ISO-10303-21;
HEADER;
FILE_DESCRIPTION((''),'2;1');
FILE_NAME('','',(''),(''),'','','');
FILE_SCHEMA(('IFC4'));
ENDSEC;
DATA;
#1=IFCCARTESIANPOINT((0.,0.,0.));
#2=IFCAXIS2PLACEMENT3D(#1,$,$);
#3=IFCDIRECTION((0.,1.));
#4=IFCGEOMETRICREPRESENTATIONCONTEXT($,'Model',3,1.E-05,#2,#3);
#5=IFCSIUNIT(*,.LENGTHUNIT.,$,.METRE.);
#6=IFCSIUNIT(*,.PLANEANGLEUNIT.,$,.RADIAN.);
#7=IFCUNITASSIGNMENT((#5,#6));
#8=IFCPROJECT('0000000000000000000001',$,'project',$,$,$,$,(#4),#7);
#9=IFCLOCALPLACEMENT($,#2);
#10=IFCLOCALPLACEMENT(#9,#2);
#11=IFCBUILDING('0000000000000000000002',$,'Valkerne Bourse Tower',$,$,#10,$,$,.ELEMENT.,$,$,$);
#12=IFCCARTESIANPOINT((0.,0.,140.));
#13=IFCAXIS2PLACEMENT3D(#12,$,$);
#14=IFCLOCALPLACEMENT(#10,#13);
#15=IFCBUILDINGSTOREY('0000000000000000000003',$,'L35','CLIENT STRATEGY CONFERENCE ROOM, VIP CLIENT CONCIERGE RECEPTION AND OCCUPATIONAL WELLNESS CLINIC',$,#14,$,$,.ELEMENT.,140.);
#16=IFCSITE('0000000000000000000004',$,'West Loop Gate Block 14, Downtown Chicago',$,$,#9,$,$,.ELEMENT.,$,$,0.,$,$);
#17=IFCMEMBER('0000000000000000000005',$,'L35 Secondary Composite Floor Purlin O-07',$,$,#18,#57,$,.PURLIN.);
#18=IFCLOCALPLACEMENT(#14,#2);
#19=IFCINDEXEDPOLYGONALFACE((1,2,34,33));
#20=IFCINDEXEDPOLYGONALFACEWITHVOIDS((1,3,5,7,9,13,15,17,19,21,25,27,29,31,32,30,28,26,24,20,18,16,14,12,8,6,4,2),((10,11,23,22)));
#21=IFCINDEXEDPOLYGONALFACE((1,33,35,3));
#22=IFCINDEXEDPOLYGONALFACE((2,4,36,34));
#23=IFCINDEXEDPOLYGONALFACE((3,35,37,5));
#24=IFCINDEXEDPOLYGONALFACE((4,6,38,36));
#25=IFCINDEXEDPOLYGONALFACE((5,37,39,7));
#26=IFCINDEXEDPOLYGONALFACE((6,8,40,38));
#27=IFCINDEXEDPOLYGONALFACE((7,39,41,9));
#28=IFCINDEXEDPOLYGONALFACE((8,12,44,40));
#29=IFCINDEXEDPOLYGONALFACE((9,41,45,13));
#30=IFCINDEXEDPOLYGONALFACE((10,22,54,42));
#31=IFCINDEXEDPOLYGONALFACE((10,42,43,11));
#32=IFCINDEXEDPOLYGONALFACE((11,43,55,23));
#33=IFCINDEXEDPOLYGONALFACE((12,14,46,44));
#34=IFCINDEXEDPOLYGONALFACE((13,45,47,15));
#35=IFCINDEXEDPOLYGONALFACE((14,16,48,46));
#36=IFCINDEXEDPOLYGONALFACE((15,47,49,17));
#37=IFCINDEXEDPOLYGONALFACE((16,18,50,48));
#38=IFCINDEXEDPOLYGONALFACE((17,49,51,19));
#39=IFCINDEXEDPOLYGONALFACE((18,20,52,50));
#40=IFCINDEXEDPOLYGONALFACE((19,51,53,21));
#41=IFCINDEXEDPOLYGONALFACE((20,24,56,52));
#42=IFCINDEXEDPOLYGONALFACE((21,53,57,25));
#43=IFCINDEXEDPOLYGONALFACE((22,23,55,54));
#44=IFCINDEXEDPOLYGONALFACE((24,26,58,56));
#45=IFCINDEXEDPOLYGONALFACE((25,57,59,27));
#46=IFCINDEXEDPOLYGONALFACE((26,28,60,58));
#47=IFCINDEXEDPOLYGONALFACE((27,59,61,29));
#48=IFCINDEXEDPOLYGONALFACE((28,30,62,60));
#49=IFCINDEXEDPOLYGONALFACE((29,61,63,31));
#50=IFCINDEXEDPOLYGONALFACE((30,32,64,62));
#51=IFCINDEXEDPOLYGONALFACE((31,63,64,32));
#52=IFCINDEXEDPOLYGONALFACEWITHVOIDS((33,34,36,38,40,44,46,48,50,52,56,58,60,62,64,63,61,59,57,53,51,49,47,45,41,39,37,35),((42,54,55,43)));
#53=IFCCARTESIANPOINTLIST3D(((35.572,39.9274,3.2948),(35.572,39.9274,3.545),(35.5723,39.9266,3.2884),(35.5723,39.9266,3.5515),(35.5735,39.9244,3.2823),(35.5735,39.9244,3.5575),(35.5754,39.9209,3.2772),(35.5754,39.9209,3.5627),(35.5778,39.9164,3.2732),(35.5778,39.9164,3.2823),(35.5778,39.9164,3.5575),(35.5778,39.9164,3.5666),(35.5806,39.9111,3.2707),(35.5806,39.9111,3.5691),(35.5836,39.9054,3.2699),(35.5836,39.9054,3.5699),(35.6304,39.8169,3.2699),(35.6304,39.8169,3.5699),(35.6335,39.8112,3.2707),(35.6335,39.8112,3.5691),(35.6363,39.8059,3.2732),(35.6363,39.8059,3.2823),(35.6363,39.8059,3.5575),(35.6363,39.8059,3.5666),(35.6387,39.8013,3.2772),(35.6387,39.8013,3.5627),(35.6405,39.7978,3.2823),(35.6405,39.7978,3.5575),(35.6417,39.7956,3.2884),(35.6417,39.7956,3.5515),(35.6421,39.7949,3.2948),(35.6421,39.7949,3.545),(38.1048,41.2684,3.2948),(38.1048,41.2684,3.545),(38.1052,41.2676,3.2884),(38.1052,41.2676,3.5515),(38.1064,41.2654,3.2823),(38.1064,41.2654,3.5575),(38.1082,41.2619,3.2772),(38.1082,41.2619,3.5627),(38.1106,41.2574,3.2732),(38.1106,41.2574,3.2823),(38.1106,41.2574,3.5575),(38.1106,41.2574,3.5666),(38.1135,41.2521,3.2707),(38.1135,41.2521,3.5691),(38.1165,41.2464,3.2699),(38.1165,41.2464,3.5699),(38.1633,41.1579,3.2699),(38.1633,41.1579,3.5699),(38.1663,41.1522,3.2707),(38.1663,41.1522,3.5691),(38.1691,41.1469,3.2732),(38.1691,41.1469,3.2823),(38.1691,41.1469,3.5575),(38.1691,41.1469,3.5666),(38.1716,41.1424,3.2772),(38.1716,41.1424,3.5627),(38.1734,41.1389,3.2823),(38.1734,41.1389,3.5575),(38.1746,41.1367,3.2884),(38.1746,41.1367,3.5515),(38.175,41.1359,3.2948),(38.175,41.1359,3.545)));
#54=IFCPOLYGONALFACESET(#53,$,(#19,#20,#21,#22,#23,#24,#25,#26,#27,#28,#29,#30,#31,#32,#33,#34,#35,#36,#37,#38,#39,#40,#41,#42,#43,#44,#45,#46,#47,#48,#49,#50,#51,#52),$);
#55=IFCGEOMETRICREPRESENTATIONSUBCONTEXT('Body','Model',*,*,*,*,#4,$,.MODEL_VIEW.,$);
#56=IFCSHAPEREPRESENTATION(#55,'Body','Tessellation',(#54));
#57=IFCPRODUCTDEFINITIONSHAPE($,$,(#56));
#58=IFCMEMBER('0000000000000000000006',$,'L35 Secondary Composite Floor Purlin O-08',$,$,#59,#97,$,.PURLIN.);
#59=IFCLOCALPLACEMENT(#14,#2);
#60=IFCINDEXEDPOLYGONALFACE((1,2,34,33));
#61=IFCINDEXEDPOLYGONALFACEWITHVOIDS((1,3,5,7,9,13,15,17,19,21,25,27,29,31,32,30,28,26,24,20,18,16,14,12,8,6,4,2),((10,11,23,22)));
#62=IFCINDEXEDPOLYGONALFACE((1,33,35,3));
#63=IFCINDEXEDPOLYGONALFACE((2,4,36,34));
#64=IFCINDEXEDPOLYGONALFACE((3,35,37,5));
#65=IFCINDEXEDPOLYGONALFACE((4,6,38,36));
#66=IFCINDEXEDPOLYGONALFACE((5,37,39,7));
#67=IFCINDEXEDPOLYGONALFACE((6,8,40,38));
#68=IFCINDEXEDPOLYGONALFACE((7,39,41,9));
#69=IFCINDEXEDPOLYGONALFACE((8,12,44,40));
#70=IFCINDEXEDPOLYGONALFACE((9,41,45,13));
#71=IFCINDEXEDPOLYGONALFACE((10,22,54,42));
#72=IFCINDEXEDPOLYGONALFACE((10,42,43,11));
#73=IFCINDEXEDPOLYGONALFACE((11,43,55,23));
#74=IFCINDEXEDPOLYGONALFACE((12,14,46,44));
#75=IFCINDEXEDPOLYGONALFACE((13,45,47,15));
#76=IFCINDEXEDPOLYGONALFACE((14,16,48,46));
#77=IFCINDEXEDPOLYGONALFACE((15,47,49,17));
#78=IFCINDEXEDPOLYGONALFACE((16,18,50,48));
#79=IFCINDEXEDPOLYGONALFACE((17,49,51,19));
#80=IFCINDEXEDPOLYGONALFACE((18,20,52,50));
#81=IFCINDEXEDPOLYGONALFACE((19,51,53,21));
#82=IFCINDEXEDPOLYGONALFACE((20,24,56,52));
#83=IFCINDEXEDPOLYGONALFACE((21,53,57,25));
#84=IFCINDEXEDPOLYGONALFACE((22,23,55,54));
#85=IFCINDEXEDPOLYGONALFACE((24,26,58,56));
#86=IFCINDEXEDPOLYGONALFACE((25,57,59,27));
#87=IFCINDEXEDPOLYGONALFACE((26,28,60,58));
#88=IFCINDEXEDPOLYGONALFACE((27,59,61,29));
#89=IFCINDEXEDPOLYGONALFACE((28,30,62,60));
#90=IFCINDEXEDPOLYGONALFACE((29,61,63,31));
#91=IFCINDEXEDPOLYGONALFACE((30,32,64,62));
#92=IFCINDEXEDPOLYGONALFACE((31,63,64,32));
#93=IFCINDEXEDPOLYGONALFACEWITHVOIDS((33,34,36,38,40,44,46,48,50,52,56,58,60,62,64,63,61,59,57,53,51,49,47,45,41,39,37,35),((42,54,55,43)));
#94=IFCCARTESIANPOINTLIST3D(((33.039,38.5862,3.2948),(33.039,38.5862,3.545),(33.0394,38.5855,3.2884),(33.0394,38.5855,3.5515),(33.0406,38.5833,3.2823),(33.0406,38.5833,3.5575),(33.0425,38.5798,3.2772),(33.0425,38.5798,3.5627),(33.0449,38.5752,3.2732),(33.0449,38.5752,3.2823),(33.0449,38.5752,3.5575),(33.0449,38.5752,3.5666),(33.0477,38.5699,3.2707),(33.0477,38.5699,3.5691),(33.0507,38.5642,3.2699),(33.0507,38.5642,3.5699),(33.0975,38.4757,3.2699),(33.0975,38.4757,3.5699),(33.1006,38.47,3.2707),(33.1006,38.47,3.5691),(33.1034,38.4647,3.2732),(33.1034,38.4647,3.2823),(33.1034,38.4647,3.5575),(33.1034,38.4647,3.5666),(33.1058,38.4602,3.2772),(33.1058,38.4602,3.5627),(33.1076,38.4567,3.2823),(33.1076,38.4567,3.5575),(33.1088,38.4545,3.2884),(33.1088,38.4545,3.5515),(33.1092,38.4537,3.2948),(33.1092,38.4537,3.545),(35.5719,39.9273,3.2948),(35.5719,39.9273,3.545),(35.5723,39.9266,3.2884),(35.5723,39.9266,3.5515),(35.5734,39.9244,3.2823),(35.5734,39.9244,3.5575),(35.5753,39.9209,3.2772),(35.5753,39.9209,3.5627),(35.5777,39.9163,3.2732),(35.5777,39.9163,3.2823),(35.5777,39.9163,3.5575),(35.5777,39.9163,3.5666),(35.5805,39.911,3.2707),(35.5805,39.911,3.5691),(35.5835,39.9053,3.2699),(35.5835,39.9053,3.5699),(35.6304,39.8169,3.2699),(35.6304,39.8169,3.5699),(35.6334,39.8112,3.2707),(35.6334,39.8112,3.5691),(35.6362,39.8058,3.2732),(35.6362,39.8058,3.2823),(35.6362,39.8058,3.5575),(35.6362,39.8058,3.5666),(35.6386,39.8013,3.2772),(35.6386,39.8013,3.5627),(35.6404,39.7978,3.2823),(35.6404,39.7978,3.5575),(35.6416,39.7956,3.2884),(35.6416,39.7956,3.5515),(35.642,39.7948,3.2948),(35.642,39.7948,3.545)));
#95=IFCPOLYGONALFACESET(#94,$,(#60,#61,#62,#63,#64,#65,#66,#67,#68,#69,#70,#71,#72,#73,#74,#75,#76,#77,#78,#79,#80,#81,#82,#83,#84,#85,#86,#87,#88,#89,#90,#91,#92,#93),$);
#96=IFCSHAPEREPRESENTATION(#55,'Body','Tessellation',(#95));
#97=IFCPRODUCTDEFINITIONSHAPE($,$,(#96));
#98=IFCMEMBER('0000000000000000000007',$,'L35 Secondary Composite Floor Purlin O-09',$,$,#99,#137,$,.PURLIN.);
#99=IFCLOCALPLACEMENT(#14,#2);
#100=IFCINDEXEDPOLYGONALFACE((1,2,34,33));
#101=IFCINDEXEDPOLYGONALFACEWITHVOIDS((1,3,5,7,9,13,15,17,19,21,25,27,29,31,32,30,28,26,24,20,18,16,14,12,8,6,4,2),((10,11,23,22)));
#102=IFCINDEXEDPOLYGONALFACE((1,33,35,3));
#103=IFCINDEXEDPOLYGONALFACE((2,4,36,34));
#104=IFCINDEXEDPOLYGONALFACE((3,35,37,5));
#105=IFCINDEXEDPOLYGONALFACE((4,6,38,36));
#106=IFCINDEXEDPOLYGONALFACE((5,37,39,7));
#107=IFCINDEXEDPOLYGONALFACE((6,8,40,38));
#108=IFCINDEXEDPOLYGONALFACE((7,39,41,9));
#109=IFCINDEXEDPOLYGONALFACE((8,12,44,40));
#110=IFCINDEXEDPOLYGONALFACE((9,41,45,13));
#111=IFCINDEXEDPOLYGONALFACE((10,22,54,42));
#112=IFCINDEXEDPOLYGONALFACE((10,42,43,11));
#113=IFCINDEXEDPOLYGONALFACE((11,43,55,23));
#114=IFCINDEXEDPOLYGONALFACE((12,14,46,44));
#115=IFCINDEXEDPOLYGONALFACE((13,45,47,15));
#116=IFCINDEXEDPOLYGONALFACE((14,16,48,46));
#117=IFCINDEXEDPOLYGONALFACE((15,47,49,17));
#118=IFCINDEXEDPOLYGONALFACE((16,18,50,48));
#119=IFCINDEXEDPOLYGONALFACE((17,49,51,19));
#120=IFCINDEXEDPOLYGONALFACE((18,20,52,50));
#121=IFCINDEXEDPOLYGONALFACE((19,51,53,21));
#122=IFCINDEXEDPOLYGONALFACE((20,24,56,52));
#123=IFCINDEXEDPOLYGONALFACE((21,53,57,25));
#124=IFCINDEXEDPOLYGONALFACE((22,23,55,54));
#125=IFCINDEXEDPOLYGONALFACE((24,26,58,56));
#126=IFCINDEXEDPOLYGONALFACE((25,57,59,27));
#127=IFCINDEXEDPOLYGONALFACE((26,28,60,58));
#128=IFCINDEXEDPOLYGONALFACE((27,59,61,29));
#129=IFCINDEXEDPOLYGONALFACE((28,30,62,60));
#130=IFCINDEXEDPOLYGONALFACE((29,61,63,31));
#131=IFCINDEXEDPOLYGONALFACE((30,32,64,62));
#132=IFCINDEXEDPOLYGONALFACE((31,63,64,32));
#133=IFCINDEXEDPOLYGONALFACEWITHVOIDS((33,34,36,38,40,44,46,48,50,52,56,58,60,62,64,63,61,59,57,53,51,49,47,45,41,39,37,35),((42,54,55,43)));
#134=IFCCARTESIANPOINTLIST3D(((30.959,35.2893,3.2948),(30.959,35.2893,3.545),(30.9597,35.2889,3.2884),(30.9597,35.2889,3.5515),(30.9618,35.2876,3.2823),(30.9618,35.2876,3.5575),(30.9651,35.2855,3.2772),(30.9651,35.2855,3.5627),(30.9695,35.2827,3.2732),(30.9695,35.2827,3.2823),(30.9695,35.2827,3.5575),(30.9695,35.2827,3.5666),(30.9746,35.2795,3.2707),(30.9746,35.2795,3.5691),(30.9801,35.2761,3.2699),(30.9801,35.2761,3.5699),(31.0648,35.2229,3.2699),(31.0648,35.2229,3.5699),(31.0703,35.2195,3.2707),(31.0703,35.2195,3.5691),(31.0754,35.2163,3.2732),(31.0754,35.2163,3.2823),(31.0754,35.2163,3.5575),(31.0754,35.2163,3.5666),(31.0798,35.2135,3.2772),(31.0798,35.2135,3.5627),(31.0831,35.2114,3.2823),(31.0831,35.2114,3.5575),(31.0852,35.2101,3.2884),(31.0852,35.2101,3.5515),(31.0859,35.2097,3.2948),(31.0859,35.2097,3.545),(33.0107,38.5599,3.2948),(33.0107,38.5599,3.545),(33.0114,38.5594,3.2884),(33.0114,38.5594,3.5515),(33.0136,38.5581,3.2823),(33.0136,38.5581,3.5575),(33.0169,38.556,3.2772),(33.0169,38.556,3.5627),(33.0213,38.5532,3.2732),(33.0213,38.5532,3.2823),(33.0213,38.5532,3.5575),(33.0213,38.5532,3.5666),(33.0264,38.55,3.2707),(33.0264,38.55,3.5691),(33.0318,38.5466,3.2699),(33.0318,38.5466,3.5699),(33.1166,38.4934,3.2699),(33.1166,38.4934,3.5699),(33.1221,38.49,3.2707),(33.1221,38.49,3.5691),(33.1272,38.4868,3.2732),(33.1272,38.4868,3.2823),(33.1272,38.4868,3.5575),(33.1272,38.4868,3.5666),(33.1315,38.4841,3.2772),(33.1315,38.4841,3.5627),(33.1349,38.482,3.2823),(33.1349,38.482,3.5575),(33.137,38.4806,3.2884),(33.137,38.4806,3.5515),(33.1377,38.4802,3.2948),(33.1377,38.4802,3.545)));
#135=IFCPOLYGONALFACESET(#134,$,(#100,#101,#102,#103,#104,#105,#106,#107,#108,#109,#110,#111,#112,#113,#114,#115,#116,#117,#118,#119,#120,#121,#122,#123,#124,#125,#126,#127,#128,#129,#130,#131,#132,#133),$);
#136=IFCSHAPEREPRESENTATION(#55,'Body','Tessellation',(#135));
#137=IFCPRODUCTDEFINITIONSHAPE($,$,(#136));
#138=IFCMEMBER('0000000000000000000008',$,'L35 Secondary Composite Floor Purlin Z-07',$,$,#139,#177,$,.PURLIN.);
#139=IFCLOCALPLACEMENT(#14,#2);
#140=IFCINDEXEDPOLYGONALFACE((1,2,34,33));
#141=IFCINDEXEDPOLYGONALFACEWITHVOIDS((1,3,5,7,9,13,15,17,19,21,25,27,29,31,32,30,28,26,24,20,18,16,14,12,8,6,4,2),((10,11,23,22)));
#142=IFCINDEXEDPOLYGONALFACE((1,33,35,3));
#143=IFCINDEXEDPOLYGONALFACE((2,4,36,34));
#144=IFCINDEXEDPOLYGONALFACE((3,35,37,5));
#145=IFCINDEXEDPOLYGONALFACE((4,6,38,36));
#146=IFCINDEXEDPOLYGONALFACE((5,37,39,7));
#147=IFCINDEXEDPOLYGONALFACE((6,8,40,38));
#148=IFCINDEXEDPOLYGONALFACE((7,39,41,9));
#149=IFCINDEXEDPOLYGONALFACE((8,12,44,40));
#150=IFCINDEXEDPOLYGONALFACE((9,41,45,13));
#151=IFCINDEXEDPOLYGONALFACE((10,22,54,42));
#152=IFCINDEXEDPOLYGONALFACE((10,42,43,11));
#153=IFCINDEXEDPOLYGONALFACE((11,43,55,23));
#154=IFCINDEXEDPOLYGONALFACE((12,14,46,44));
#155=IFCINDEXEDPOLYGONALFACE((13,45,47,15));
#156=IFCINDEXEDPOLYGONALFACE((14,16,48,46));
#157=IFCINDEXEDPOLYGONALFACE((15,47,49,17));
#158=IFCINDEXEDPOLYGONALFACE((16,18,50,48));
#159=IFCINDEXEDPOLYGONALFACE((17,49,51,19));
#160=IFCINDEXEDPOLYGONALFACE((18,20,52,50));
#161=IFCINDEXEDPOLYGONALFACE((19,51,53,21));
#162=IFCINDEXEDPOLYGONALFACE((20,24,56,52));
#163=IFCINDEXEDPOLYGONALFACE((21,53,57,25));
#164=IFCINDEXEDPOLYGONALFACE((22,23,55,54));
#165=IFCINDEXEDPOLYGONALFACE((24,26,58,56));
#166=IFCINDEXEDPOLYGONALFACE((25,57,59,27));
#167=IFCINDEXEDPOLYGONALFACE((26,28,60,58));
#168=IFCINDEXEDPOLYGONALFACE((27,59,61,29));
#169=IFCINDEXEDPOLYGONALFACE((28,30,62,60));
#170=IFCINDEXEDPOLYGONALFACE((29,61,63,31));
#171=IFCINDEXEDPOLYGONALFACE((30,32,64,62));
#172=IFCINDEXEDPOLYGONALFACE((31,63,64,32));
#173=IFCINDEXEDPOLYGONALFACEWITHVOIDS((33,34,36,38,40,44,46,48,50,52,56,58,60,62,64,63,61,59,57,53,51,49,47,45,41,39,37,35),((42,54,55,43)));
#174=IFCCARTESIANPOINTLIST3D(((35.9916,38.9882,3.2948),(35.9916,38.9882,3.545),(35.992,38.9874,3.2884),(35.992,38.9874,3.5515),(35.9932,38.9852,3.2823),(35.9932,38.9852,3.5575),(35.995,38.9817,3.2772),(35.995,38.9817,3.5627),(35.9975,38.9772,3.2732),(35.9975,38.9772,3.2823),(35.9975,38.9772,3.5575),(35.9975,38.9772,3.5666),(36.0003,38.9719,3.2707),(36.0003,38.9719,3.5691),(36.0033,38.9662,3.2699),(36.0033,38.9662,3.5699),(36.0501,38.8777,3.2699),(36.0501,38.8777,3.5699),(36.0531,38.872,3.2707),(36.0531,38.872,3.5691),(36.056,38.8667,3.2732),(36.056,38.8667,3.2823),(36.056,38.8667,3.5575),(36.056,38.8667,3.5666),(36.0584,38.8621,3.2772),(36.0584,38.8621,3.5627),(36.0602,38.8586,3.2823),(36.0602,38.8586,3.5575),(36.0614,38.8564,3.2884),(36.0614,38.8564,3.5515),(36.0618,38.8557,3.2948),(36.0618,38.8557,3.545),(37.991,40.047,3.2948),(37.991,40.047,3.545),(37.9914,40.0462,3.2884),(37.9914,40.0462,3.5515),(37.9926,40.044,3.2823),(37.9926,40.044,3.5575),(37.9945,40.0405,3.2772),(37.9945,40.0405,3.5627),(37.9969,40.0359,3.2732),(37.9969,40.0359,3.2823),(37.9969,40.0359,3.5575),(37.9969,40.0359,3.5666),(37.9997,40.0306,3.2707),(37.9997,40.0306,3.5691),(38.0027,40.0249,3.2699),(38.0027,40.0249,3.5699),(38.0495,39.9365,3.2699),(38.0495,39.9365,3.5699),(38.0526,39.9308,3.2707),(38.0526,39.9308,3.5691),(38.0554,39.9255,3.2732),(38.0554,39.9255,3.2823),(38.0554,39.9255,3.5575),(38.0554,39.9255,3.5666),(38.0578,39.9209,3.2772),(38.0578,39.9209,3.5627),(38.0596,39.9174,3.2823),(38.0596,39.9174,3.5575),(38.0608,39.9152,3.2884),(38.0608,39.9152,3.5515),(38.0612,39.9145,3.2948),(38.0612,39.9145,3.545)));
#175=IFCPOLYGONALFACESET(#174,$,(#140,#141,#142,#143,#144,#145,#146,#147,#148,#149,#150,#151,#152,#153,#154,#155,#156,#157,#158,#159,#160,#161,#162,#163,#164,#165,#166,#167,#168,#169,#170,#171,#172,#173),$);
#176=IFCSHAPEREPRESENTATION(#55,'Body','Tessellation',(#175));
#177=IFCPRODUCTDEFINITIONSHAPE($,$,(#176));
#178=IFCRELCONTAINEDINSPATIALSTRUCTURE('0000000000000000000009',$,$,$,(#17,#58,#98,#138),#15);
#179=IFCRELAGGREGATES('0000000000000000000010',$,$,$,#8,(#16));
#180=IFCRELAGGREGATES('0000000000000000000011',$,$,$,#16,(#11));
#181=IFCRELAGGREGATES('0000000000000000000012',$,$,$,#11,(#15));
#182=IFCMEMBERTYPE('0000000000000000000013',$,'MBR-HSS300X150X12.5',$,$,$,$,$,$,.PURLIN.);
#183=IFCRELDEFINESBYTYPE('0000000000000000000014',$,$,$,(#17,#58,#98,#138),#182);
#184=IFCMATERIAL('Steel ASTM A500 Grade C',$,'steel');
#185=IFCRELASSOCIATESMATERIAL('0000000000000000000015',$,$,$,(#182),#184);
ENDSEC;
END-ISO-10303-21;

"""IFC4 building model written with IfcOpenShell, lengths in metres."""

from ifc_helpers import new_model, si_unit, direction, frame, origin, origin_2d, place, context, subcontext, project, spatial, hollow_rectangle, extrude, material, material_profile, profile_set, type_object, element, save


model = new_model("IFC4")

# Units and contexts
model_context = context("Model", 3, precision=1e-05, world=origin(), true_north=direction((0.0, 1.0)))
body_context = subcontext(model_context, "Body", "Model", "MODEL_VIEW")
ifc_project = project(units=[si_unit("LENGTHUNIT", "METRE"), si_unit("PLANEANGLEUNIT", "RADIAN")], contexts=[model_context])

# Site, building, storey
site_placement = place(None, origin())
site = spatial("IfcSite", under=ifc_project, at=site_placement, Name="West Loop Gate Block 14, Downtown Chicago", CompositionType="ELEMENT", RefElevation=0.0)
building_placement = place(site_placement, origin())
building = spatial("IfcBuilding", under=site, at=building_placement, Name="Valkerne Bourse Tower", CompositionType="ELEMENT")
storey_placement = place(building_placement, frame((0.0, 0.0, 140.0)))
storey = spatial("IfcBuildingStorey", under=building, at=storey_placement, Name="L35", Description="CLIENT STRATEGY CONFERENCE ROOM, VIP CLIENT CONCIERGE RECEPTION AND OCCUPATIONAL WELLNESS CLINIC", CompositionType="ELEMENT", Elevation=140.0)

# Members
ifc_material_1 = material(Name="Steel ASTM A500 Grade C", Category="steel")
ifc_material_profile_1 = material_profile(ifc_material_1, hollow_rectangle(XDim=0.1499, YDim=0.3, WallThickness=0.0125, OuterFilletRadius=0.0249, at=origin_2d()), Name="HSS300X150X12.5")
ifc_profile_set_1 = profile_set([ifc_material_profile_1], Name="Steel ASTM A500 Grade C")
member_type_1 = type_object("IfcMemberType", Name="MBR-HSS300X150X12.5", PredefinedType="PURLIN", material=ifc_profile_set_1)
for number, where, z_axis, x_axis, name in (
    (1, (38.1399, 41.2021, 3.4199), (-0.883775, -0.467911, 0.0), (0.467911, -0.883775, 0.0), "L35 Secondary Composite Floor Purlin O-07"),
    (2, (35.6069, 39.8611, 3.4199), (-0.883757, -0.467946, 0.0), (0.467946, -0.883757, 0.0), "L35 Secondary Composite Floor Purlin O-08"),
):
    element("IfcMember", number, at=place(storey_placement, frame(where, z_axis=z_axis, x_axis=x_axis)), inside=storey, type_object=member_type_1, Name=name, PredefinedType="PURLIN", context=body_context, shape_type="SweptSolid", body=[
        extrude(hollow_rectangle(XDim=0.1499, YDim=0.3, WallThickness=0.0125, OuterFilletRadius=0.0249, at=origin_2d()), origin(), (0.0, 0.0, 1.0), 2.866),
    ])
member_1_placement = place(storey_placement, frame((33.0742, 38.52, 3.4199), z_axis=(-0.531431, -0.847102, 0.0), x_axis=(0.847102, -0.531431, 0.0)))
element("IfcMember", 3, at=member_1_placement, inside=storey, type_object=member_type_1, Name="L35 Secondary Composite Floor Purlin O-09", PredefinedType="PURLIN", context=body_context, shape_type="SweptSolid", body=[
    extrude(hollow_rectangle(XDim=0.1499, YDim=0.3, WallThickness=0.0125, OuterFilletRadius=0.0249, at=origin_2d()), origin(), (0.0, 0.0, 1.0), 3.8608),
])
member_2_placement = place(storey_placement, frame((38.0261, 39.9807, 3.4199), z_axis=(-0.883738, -0.467982, 0.0), x_axis=(0.467982, -0.883738, 0.0)))
element("IfcMember", 4, at=member_2_placement, inside=storey, type_object=member_type_1, Name="L35 Secondary Composite Floor Purlin Z-07", PredefinedType="PURLIN", context=body_context, shape_type="SweptSolid", body=[
    extrude(hollow_rectangle(XDim=0.1499, YDim=0.3, WallThickness=0.0125, OuterFilletRadius=0.0249, at=origin_2d()), origin(), (0.0, 0.0, 1.0), 2.2625),
])

save(model, "model.ifc")
